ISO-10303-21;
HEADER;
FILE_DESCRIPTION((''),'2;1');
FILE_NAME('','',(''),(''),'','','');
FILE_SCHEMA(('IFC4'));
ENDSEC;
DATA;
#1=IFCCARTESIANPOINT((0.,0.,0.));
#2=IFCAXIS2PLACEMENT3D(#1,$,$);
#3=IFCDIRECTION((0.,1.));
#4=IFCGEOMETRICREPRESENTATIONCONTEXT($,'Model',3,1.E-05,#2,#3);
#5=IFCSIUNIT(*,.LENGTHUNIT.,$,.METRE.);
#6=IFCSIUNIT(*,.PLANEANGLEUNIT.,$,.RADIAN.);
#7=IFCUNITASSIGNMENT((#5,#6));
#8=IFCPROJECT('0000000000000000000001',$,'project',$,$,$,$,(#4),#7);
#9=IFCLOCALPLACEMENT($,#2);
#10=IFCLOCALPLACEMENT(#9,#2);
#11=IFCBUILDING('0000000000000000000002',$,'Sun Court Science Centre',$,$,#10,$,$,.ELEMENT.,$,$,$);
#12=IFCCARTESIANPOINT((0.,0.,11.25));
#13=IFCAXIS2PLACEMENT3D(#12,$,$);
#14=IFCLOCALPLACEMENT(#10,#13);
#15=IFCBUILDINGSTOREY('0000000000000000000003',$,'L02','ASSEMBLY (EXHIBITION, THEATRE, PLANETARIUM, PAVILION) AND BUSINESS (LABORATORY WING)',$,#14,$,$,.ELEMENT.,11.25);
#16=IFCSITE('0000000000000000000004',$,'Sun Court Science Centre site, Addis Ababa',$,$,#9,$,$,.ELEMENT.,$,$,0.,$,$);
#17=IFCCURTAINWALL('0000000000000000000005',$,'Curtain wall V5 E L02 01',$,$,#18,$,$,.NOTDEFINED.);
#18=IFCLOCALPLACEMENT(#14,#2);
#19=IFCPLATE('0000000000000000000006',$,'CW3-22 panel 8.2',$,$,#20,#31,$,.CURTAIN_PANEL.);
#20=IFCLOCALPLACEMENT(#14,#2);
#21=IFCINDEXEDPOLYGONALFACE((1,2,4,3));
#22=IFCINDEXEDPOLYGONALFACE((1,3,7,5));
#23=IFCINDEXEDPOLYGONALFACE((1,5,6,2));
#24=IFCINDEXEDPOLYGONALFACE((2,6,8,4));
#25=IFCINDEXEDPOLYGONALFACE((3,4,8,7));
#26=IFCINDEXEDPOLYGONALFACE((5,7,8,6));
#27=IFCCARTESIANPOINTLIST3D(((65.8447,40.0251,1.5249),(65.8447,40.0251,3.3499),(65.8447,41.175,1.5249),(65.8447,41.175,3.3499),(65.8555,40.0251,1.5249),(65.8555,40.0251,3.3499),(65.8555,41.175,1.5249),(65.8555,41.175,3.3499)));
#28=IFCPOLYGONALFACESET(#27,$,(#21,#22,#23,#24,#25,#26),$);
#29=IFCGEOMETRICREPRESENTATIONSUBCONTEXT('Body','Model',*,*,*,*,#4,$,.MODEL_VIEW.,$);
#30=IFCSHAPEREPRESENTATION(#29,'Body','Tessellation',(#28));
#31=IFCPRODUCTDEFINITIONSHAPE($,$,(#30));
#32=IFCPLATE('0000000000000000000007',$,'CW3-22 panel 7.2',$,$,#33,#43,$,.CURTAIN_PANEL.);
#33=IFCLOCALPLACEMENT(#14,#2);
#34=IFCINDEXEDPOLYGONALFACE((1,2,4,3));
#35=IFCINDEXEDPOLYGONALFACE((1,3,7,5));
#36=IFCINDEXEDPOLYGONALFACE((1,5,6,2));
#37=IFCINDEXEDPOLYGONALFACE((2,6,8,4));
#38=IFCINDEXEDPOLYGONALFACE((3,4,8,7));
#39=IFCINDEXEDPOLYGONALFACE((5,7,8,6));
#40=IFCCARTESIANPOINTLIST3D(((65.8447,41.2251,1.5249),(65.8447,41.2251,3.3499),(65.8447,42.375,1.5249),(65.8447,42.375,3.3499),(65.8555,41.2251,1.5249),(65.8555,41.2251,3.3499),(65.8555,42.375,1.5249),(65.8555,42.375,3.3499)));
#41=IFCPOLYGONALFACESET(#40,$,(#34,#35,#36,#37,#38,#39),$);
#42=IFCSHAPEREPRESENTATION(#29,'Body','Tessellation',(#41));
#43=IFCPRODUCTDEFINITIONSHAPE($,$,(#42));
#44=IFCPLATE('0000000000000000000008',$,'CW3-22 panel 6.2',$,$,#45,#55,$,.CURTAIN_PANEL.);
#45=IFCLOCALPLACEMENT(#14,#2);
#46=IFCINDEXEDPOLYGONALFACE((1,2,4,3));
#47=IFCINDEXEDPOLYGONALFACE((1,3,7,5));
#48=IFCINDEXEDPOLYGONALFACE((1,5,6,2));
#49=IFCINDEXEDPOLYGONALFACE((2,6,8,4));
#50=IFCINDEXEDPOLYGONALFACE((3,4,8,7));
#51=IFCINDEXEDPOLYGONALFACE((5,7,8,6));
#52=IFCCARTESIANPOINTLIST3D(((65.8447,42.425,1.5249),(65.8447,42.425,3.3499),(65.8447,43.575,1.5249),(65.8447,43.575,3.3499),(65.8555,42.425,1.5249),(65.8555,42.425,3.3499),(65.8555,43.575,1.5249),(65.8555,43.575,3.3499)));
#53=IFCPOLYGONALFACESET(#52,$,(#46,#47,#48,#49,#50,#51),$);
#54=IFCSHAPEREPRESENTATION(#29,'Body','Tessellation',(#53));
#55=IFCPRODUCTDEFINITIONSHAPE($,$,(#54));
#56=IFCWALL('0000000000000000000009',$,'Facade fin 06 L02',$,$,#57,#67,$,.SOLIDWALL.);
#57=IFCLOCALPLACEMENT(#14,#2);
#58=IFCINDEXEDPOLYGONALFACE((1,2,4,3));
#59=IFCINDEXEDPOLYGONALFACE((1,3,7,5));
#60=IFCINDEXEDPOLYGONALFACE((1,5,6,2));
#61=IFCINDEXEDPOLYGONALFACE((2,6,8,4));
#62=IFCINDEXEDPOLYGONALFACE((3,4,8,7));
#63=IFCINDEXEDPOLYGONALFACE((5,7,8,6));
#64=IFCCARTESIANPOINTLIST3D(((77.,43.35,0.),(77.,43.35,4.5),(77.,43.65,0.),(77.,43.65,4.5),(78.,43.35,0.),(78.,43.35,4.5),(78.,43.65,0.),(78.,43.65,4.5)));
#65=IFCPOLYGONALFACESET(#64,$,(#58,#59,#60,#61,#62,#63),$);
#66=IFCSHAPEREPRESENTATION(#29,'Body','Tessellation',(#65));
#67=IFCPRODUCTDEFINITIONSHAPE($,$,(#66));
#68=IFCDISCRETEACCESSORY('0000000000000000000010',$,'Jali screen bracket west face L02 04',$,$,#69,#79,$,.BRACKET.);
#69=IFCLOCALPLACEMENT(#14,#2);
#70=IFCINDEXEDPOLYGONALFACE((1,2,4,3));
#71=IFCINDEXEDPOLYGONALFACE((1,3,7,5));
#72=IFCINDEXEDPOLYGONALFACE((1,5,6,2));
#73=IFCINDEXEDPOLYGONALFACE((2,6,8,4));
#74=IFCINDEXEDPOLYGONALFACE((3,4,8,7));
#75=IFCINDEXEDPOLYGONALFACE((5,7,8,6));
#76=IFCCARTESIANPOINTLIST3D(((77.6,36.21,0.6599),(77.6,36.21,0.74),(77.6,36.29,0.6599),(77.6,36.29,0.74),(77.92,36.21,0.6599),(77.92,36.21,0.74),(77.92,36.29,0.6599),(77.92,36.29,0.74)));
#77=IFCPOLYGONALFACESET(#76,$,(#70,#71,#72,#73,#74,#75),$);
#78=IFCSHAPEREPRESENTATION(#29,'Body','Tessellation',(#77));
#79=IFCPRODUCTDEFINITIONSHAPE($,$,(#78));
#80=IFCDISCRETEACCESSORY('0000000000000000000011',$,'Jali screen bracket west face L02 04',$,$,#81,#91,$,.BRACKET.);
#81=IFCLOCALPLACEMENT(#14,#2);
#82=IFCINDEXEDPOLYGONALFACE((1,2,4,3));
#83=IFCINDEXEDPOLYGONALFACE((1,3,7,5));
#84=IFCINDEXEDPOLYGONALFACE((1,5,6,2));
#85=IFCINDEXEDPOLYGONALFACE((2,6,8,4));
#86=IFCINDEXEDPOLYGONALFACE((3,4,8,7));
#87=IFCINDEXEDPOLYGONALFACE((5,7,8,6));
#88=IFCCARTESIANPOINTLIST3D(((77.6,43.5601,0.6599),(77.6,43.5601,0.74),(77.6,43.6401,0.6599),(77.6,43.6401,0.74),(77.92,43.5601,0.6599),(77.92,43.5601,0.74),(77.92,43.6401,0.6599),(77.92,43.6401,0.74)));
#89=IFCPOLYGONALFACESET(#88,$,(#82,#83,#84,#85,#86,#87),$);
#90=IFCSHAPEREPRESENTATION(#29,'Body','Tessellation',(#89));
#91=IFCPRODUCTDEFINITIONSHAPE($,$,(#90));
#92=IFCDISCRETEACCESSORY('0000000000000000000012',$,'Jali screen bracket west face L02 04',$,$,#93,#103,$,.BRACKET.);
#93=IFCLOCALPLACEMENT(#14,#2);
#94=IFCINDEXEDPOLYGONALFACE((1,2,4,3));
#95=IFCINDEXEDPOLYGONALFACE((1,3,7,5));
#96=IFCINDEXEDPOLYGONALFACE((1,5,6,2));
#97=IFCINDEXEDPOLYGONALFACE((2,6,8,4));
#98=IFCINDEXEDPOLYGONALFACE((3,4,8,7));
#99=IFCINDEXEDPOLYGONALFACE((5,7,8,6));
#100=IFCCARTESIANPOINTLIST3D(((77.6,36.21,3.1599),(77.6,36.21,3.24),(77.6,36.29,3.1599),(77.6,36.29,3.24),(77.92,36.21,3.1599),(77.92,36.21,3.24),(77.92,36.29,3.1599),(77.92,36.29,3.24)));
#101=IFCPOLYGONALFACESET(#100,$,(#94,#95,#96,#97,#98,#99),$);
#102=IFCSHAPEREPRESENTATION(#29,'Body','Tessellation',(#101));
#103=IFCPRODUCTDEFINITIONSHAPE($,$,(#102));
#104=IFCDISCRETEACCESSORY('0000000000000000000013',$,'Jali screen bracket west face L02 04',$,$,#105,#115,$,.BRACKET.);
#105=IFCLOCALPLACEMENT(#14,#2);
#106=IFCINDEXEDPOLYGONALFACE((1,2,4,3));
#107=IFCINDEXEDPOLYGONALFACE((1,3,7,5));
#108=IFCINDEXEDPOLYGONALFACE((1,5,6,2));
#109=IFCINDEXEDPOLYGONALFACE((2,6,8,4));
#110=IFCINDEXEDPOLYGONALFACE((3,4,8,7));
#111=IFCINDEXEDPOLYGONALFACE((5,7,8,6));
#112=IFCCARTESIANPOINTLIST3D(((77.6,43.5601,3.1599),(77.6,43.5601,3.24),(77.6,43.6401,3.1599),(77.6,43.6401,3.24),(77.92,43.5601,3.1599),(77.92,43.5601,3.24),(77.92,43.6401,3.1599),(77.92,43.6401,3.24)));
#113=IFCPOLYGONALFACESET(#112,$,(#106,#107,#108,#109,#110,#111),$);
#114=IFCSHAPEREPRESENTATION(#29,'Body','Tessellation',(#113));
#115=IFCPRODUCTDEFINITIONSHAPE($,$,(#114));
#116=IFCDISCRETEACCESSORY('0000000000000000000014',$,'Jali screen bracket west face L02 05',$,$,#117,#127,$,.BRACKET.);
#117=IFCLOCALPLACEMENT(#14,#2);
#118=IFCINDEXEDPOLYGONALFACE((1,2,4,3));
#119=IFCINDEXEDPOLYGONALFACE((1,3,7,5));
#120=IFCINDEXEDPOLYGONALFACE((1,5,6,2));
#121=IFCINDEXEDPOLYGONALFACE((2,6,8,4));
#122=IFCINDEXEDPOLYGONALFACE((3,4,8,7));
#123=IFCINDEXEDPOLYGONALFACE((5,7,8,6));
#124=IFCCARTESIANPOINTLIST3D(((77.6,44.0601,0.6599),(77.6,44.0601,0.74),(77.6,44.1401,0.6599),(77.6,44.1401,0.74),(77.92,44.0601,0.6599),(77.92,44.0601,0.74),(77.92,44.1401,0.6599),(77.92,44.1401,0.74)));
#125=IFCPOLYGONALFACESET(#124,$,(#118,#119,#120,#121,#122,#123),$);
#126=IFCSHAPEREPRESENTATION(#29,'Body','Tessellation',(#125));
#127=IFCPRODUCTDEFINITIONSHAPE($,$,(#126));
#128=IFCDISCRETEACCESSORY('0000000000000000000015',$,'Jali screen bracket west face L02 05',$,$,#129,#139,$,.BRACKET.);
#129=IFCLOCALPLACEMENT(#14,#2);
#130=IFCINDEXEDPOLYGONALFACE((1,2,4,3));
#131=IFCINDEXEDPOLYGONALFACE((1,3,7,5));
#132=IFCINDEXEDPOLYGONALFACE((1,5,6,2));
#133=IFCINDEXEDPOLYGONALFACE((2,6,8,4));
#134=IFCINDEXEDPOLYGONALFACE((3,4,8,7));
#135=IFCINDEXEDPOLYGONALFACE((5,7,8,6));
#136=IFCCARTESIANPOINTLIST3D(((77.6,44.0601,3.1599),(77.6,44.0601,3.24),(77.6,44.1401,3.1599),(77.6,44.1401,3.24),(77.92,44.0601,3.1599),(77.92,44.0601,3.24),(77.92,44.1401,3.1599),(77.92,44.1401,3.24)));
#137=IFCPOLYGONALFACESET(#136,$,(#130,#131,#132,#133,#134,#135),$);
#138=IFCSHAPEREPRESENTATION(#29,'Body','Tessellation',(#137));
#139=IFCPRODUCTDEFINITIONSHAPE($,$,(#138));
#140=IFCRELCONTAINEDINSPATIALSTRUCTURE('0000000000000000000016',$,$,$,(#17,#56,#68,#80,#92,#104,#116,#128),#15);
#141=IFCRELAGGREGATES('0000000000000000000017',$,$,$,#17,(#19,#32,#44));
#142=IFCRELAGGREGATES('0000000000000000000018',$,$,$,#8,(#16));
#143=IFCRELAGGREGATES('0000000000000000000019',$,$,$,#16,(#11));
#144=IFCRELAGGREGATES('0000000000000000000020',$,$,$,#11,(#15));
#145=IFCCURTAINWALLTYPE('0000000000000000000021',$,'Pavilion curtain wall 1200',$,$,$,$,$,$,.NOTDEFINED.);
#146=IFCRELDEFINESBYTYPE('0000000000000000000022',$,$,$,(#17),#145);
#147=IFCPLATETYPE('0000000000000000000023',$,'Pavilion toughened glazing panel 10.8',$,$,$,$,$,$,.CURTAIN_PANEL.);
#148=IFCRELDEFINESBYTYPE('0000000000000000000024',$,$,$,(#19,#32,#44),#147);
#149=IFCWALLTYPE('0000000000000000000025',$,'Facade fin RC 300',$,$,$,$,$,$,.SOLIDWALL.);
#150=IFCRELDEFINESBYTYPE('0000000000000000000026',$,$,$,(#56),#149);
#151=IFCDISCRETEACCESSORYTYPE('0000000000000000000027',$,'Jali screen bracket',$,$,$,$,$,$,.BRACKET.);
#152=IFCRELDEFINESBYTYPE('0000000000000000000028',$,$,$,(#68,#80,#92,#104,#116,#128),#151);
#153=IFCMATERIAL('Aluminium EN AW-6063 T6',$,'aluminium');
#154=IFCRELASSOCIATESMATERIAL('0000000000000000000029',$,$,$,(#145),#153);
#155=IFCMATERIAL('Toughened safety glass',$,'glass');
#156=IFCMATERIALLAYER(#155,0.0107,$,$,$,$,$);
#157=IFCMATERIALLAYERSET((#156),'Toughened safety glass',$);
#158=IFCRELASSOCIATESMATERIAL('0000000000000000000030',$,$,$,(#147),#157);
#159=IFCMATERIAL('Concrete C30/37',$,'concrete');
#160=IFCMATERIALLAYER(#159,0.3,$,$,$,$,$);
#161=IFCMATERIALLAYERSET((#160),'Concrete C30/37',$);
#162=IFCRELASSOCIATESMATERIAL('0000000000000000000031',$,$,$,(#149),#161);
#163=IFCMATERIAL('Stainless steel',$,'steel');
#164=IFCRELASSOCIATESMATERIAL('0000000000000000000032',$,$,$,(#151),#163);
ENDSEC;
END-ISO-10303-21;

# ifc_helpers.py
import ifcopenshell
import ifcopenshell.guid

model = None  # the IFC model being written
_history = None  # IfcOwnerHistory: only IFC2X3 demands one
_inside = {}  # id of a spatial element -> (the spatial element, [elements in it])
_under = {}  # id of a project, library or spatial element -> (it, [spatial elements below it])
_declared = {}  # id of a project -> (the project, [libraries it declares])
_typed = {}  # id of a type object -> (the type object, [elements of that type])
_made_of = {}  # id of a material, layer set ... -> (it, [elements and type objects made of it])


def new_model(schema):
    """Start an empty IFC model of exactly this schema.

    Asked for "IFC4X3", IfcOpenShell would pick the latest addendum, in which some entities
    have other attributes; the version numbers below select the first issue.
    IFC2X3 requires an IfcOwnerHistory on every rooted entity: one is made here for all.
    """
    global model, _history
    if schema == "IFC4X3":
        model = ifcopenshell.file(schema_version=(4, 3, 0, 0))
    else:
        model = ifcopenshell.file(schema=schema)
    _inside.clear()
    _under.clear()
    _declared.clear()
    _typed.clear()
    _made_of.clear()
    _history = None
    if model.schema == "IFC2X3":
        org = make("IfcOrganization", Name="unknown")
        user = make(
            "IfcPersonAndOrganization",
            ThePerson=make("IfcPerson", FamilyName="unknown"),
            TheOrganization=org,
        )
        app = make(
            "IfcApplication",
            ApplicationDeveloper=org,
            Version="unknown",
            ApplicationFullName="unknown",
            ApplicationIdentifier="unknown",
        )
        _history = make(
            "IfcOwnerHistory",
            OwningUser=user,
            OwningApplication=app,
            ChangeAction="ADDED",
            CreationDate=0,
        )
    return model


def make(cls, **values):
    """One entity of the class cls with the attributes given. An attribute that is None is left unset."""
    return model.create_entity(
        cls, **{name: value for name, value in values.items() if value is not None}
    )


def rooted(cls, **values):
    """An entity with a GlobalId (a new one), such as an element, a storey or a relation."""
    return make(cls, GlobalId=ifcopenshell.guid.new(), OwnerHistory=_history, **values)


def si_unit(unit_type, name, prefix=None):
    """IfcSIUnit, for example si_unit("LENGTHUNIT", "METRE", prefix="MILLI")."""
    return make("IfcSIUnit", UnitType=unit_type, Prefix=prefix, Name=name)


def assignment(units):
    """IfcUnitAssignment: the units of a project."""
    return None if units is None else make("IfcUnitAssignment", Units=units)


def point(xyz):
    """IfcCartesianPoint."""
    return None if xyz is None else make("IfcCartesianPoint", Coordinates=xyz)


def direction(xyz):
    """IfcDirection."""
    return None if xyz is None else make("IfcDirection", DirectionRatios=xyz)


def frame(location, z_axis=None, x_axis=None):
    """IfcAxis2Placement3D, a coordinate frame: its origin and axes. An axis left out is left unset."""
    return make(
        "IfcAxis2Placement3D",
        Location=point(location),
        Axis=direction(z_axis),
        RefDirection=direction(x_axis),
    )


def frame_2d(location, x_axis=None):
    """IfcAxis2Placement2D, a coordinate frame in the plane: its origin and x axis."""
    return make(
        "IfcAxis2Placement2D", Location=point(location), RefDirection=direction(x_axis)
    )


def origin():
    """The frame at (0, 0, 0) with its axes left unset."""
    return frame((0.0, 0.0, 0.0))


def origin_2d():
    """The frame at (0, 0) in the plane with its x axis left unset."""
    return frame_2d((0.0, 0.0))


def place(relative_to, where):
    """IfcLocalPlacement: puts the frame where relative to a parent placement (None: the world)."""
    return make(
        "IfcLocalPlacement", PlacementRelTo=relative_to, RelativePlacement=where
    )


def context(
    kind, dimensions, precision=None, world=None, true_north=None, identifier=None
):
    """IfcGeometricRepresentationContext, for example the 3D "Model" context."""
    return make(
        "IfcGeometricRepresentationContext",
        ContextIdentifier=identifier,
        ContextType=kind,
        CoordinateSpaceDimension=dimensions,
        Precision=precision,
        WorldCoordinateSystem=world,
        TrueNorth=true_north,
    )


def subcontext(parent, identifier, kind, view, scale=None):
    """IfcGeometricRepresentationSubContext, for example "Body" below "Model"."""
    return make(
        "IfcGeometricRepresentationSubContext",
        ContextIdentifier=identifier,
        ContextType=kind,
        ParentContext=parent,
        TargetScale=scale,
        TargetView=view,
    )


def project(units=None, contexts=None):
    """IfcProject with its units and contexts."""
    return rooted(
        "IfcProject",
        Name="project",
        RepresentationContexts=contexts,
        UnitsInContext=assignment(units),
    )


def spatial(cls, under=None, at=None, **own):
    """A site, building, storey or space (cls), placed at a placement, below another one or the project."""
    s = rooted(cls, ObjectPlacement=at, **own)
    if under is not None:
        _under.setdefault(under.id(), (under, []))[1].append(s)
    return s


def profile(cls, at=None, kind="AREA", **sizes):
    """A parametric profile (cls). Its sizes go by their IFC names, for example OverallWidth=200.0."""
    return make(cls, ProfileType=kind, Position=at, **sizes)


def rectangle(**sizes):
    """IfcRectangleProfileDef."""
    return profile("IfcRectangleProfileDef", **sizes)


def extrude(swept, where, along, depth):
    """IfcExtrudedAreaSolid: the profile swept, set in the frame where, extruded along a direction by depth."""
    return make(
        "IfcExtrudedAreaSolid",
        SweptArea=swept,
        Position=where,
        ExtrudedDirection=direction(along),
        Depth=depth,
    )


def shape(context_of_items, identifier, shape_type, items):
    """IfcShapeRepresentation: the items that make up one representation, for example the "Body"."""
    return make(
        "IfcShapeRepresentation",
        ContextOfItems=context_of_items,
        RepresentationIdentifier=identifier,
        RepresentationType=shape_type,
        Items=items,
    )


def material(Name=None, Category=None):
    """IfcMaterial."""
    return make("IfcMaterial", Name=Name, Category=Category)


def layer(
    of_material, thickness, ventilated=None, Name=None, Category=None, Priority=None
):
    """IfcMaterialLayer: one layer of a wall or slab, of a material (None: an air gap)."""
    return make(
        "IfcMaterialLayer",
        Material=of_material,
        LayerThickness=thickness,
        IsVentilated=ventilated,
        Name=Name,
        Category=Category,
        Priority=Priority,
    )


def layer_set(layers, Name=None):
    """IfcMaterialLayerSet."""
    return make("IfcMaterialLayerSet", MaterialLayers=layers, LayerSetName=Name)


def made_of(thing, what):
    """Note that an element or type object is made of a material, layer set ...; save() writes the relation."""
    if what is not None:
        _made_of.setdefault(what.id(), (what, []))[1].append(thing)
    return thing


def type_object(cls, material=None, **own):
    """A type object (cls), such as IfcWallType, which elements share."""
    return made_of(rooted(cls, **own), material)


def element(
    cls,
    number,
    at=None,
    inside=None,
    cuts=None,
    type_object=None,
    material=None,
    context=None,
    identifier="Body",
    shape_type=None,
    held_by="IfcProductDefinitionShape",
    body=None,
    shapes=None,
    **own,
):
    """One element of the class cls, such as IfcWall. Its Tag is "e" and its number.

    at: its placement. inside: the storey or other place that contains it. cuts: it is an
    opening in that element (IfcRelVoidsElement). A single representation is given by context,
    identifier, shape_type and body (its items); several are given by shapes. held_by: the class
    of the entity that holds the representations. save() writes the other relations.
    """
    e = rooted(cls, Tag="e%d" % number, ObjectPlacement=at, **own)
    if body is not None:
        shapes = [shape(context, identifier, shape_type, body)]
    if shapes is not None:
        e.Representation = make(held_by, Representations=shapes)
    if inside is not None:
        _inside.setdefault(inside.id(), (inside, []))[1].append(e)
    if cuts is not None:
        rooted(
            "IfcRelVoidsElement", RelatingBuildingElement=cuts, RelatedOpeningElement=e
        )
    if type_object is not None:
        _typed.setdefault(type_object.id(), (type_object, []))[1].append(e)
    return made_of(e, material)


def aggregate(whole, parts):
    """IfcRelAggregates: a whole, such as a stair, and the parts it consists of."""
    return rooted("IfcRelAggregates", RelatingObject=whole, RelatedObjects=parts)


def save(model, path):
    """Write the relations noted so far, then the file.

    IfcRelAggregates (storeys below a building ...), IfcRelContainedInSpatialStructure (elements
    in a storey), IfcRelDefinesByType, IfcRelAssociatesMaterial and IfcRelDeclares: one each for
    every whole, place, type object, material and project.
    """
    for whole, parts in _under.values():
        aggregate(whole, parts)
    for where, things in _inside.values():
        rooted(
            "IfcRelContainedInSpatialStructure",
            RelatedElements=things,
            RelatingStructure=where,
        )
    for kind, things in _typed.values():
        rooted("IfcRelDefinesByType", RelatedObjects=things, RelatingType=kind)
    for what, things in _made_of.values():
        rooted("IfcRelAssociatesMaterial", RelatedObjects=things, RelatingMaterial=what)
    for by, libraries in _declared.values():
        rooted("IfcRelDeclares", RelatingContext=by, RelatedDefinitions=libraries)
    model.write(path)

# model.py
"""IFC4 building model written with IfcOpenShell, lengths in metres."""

from ifc_helpers import new_model, si_unit, direction, frame, frame_2d, origin, origin_2d, place, context, subcontext, project, spatial, rectangle, extrude, material, layer, layer_set, type_object, element, aggregate, save


model = new_model("IFC4")

# Units and contexts
model_context = context("Model", 3, precision=1e-05, world=origin(), true_north=direction((0.0, 1.0)))
body_context = subcontext(model_context, "Body", "Model", "MODEL_VIEW")
ifc_project = project(units=[si_unit("LENGTHUNIT", "METRE"), si_unit("PLANEANGLEUNIT", "RADIAN")], contexts=[model_context])

# Site, building, storey
site_placement = place(None, origin())
site = spatial("IfcSite", under=ifc_project, at=site_placement, Name="Sun Court Science Centre site, Addis Ababa", CompositionType="ELEMENT", RefElevation=0.0)
building_placement = place(site_placement, origin())
building = spatial("IfcBuilding", under=site, at=building_placement, Name="Sun Court Science Centre", CompositionType="ELEMENT")
storey_placement = place(building_placement, frame((0.0, 0.0, 11.25)))
storey = spatial("IfcBuildingStorey", under=building, at=storey_placement, Name="L02", Description="ASSEMBLY (EXHIBITION, THEATRE, PLANETARIUM, PAVILION) AND BUSINESS (LABORATORY WING)", CompositionType="ELEMENT", Elevation=11.25)

# Curtain wall, plates
ifc_material_1 = material(Name="Aluminium EN AW-6063 T6", Category="aluminium")
curtain_wall_type = type_object("IfcCurtainWallType", Name="Pavilion curtain wall 1200", PredefinedType="NOTDEFINED", material=ifc_material_1)
curtain_wall_placement = place(storey_placement, origin())
curtain_wall = element("IfcCurtainWall", 1, at=curtain_wall_placement, inside=storey, type_object=curtain_wall_type, Name="Curtain wall V5 E L02 01", PredefinedType="NOTDEFINED")
ifc_material_2 = material(Name="Toughened safety glass", Category="glass")
ifc_layer_1 = layer(ifc_material_2, 0.0107)
ifc_layer_set_1 = layer_set([ifc_layer_1], Name="Toughened safety glass")
plate_type = type_object("IfcPlateType", Name="Pavilion toughened glazing panel 10.8", PredefinedType="CURTAIN_PANEL", material=ifc_layer_set_1)
plate_1_placement = place(storey_placement, frame((65.8501, 40.6001, 1.5249), z_axis=(0.0, 0.0, 1.0), x_axis=(0.0, -1.0, 0.0)))
plate_1 = element("IfcPlate", 2, at=plate_1_placement, type_object=plate_type, Name="CW3-22 panel 8.2", PredefinedType="CURTAIN_PANEL", context=body_context, shape_type="SweptSolid", body=[
    extrude(rectangle(XDim=1.1499, YDim=0.0107, at=origin_2d()), origin(), (0.0, 0.0, 1.0), 1.825),
])
plate_2_placement = place(storey_placement, frame((65.8501, 41.8, 1.5249), z_axis=(0.0, 0.0, 1.0), x_axis=(0.0, -1.0, 0.0)))
plate_2 = element("IfcPlate", 3, at=plate_2_placement, type_object=plate_type, Name="CW3-22 panel 7.2", PredefinedType="CURTAIN_PANEL", context=body_context, shape_type="SweptSolid", body=[
    extrude(rectangle(XDim=1.1499, YDim=0.0107, at=origin_2d()), origin(), (0.0, 0.0, 1.0), 1.825),
])
plate_3_placement = place(storey_placement, frame((65.8501, 43.0, 1.5249), z_axis=(0.0, 0.0, 1.0), x_axis=(0.0, -1.0, 0.0)))
plate_3 = element("IfcPlate", 4, at=plate_3_placement, type_object=plate_type, Name="CW3-22 panel 6.2", PredefinedType="CURTAIN_PANEL", context=body_context, shape_type="SweptSolid", body=[
    extrude(rectangle(XDim=1.1499, YDim=0.0107, at=origin_2d()), origin(), (0.0, 0.0, 1.0), 1.825),
])
aggregate(curtain_wall, [plate_1, plate_2, plate_3])

# Wall
ifc_material_3 = material(Name="Concrete C30/37", Category="concrete")
ifc_layer_2 = layer(ifc_material_3, 0.3)
ifc_layer_set_2 = layer_set([ifc_layer_2], Name="Concrete C30/37")
wall_type = type_object("IfcWallType", Name="Facade fin RC 300", PredefinedType="SOLIDWALL", material=ifc_layer_set_2)
wall_placement = place(storey_placement, frame((77.0, 43.5, 0.0), z_axis=(0.0, 0.0, 1.0), x_axis=(1.0, 0.0, 0.0)))
element("IfcWall", 5, at=wall_placement, inside=storey, type_object=wall_type, Name="Facade fin 06 L02", PredefinedType="SOLIDWALL", context=body_context, shape_type="SweptSolid", body=[
    extrude(rectangle(XDim=1.0, YDim=0.3, at=frame_2d((0.5, 0.0))), origin(), (0.0, 0.0, 1.0), 4.5),
])

# Discrete accessories
ifc_material_4 = material(Name="Stainless steel", Category="steel")
discrete_accessory_type = type_object("IfcDiscreteAccessoryType", Name="Jali screen bracket", PredefinedType="BRACKET", material=ifc_material_4)
for number, where, z_axis, x_axis, name in (
    (6, (77.76, 36.25, 0.6599), (0.0, 0.0, 1.0), (0.0, 1.0, 0.0), "Jali screen bracket west face L02 04"),
    (7, (77.76, 43.6001, 0.6599), (0.0, 0.0, 1.0), (0.0, 1.0, 0.0), "Jali screen bracket west face L02 04"),
    (8, (77.76, 36.25, 3.1599), (0.0, 0.0, 1.0), (0.0, 1.0, 0.0), "Jali screen bracket west face L02 04"),
    (9, (77.76, 43.6001, 3.1599), (0.0, 0.0, 1.0), (0.0, 1.0, 0.0), "Jali screen bracket west face L02 04"),
    (10, (77.76, 44.1001, 0.6599), (0.0, 0.0, 1.0), (0.0, 1.0, 0.0), "Jali screen bracket west face L02 05"),
    (11, (77.76, 44.1001, 3.1599), (0.0, 0.0, 1.0), (0.0, 1.0, 0.0), "Jali screen bracket west face L02 05"),
):
    element("IfcDiscreteAccessory", number, at=place(storey_placement, frame(where, z_axis=z_axis, x_axis=x_axis)), inside=storey, type_object=discrete_accessory_type, Name=name, PredefinedType="BRACKET", context=body_context, shape_type="SweptSolid", body=[
        extrude(rectangle(XDim=0.0801, YDim=0.3201, at=origin_2d()), origin(), (0.0, 0.0, 1.0), 0.0801),
    ])

save(model, "model.ifc")
